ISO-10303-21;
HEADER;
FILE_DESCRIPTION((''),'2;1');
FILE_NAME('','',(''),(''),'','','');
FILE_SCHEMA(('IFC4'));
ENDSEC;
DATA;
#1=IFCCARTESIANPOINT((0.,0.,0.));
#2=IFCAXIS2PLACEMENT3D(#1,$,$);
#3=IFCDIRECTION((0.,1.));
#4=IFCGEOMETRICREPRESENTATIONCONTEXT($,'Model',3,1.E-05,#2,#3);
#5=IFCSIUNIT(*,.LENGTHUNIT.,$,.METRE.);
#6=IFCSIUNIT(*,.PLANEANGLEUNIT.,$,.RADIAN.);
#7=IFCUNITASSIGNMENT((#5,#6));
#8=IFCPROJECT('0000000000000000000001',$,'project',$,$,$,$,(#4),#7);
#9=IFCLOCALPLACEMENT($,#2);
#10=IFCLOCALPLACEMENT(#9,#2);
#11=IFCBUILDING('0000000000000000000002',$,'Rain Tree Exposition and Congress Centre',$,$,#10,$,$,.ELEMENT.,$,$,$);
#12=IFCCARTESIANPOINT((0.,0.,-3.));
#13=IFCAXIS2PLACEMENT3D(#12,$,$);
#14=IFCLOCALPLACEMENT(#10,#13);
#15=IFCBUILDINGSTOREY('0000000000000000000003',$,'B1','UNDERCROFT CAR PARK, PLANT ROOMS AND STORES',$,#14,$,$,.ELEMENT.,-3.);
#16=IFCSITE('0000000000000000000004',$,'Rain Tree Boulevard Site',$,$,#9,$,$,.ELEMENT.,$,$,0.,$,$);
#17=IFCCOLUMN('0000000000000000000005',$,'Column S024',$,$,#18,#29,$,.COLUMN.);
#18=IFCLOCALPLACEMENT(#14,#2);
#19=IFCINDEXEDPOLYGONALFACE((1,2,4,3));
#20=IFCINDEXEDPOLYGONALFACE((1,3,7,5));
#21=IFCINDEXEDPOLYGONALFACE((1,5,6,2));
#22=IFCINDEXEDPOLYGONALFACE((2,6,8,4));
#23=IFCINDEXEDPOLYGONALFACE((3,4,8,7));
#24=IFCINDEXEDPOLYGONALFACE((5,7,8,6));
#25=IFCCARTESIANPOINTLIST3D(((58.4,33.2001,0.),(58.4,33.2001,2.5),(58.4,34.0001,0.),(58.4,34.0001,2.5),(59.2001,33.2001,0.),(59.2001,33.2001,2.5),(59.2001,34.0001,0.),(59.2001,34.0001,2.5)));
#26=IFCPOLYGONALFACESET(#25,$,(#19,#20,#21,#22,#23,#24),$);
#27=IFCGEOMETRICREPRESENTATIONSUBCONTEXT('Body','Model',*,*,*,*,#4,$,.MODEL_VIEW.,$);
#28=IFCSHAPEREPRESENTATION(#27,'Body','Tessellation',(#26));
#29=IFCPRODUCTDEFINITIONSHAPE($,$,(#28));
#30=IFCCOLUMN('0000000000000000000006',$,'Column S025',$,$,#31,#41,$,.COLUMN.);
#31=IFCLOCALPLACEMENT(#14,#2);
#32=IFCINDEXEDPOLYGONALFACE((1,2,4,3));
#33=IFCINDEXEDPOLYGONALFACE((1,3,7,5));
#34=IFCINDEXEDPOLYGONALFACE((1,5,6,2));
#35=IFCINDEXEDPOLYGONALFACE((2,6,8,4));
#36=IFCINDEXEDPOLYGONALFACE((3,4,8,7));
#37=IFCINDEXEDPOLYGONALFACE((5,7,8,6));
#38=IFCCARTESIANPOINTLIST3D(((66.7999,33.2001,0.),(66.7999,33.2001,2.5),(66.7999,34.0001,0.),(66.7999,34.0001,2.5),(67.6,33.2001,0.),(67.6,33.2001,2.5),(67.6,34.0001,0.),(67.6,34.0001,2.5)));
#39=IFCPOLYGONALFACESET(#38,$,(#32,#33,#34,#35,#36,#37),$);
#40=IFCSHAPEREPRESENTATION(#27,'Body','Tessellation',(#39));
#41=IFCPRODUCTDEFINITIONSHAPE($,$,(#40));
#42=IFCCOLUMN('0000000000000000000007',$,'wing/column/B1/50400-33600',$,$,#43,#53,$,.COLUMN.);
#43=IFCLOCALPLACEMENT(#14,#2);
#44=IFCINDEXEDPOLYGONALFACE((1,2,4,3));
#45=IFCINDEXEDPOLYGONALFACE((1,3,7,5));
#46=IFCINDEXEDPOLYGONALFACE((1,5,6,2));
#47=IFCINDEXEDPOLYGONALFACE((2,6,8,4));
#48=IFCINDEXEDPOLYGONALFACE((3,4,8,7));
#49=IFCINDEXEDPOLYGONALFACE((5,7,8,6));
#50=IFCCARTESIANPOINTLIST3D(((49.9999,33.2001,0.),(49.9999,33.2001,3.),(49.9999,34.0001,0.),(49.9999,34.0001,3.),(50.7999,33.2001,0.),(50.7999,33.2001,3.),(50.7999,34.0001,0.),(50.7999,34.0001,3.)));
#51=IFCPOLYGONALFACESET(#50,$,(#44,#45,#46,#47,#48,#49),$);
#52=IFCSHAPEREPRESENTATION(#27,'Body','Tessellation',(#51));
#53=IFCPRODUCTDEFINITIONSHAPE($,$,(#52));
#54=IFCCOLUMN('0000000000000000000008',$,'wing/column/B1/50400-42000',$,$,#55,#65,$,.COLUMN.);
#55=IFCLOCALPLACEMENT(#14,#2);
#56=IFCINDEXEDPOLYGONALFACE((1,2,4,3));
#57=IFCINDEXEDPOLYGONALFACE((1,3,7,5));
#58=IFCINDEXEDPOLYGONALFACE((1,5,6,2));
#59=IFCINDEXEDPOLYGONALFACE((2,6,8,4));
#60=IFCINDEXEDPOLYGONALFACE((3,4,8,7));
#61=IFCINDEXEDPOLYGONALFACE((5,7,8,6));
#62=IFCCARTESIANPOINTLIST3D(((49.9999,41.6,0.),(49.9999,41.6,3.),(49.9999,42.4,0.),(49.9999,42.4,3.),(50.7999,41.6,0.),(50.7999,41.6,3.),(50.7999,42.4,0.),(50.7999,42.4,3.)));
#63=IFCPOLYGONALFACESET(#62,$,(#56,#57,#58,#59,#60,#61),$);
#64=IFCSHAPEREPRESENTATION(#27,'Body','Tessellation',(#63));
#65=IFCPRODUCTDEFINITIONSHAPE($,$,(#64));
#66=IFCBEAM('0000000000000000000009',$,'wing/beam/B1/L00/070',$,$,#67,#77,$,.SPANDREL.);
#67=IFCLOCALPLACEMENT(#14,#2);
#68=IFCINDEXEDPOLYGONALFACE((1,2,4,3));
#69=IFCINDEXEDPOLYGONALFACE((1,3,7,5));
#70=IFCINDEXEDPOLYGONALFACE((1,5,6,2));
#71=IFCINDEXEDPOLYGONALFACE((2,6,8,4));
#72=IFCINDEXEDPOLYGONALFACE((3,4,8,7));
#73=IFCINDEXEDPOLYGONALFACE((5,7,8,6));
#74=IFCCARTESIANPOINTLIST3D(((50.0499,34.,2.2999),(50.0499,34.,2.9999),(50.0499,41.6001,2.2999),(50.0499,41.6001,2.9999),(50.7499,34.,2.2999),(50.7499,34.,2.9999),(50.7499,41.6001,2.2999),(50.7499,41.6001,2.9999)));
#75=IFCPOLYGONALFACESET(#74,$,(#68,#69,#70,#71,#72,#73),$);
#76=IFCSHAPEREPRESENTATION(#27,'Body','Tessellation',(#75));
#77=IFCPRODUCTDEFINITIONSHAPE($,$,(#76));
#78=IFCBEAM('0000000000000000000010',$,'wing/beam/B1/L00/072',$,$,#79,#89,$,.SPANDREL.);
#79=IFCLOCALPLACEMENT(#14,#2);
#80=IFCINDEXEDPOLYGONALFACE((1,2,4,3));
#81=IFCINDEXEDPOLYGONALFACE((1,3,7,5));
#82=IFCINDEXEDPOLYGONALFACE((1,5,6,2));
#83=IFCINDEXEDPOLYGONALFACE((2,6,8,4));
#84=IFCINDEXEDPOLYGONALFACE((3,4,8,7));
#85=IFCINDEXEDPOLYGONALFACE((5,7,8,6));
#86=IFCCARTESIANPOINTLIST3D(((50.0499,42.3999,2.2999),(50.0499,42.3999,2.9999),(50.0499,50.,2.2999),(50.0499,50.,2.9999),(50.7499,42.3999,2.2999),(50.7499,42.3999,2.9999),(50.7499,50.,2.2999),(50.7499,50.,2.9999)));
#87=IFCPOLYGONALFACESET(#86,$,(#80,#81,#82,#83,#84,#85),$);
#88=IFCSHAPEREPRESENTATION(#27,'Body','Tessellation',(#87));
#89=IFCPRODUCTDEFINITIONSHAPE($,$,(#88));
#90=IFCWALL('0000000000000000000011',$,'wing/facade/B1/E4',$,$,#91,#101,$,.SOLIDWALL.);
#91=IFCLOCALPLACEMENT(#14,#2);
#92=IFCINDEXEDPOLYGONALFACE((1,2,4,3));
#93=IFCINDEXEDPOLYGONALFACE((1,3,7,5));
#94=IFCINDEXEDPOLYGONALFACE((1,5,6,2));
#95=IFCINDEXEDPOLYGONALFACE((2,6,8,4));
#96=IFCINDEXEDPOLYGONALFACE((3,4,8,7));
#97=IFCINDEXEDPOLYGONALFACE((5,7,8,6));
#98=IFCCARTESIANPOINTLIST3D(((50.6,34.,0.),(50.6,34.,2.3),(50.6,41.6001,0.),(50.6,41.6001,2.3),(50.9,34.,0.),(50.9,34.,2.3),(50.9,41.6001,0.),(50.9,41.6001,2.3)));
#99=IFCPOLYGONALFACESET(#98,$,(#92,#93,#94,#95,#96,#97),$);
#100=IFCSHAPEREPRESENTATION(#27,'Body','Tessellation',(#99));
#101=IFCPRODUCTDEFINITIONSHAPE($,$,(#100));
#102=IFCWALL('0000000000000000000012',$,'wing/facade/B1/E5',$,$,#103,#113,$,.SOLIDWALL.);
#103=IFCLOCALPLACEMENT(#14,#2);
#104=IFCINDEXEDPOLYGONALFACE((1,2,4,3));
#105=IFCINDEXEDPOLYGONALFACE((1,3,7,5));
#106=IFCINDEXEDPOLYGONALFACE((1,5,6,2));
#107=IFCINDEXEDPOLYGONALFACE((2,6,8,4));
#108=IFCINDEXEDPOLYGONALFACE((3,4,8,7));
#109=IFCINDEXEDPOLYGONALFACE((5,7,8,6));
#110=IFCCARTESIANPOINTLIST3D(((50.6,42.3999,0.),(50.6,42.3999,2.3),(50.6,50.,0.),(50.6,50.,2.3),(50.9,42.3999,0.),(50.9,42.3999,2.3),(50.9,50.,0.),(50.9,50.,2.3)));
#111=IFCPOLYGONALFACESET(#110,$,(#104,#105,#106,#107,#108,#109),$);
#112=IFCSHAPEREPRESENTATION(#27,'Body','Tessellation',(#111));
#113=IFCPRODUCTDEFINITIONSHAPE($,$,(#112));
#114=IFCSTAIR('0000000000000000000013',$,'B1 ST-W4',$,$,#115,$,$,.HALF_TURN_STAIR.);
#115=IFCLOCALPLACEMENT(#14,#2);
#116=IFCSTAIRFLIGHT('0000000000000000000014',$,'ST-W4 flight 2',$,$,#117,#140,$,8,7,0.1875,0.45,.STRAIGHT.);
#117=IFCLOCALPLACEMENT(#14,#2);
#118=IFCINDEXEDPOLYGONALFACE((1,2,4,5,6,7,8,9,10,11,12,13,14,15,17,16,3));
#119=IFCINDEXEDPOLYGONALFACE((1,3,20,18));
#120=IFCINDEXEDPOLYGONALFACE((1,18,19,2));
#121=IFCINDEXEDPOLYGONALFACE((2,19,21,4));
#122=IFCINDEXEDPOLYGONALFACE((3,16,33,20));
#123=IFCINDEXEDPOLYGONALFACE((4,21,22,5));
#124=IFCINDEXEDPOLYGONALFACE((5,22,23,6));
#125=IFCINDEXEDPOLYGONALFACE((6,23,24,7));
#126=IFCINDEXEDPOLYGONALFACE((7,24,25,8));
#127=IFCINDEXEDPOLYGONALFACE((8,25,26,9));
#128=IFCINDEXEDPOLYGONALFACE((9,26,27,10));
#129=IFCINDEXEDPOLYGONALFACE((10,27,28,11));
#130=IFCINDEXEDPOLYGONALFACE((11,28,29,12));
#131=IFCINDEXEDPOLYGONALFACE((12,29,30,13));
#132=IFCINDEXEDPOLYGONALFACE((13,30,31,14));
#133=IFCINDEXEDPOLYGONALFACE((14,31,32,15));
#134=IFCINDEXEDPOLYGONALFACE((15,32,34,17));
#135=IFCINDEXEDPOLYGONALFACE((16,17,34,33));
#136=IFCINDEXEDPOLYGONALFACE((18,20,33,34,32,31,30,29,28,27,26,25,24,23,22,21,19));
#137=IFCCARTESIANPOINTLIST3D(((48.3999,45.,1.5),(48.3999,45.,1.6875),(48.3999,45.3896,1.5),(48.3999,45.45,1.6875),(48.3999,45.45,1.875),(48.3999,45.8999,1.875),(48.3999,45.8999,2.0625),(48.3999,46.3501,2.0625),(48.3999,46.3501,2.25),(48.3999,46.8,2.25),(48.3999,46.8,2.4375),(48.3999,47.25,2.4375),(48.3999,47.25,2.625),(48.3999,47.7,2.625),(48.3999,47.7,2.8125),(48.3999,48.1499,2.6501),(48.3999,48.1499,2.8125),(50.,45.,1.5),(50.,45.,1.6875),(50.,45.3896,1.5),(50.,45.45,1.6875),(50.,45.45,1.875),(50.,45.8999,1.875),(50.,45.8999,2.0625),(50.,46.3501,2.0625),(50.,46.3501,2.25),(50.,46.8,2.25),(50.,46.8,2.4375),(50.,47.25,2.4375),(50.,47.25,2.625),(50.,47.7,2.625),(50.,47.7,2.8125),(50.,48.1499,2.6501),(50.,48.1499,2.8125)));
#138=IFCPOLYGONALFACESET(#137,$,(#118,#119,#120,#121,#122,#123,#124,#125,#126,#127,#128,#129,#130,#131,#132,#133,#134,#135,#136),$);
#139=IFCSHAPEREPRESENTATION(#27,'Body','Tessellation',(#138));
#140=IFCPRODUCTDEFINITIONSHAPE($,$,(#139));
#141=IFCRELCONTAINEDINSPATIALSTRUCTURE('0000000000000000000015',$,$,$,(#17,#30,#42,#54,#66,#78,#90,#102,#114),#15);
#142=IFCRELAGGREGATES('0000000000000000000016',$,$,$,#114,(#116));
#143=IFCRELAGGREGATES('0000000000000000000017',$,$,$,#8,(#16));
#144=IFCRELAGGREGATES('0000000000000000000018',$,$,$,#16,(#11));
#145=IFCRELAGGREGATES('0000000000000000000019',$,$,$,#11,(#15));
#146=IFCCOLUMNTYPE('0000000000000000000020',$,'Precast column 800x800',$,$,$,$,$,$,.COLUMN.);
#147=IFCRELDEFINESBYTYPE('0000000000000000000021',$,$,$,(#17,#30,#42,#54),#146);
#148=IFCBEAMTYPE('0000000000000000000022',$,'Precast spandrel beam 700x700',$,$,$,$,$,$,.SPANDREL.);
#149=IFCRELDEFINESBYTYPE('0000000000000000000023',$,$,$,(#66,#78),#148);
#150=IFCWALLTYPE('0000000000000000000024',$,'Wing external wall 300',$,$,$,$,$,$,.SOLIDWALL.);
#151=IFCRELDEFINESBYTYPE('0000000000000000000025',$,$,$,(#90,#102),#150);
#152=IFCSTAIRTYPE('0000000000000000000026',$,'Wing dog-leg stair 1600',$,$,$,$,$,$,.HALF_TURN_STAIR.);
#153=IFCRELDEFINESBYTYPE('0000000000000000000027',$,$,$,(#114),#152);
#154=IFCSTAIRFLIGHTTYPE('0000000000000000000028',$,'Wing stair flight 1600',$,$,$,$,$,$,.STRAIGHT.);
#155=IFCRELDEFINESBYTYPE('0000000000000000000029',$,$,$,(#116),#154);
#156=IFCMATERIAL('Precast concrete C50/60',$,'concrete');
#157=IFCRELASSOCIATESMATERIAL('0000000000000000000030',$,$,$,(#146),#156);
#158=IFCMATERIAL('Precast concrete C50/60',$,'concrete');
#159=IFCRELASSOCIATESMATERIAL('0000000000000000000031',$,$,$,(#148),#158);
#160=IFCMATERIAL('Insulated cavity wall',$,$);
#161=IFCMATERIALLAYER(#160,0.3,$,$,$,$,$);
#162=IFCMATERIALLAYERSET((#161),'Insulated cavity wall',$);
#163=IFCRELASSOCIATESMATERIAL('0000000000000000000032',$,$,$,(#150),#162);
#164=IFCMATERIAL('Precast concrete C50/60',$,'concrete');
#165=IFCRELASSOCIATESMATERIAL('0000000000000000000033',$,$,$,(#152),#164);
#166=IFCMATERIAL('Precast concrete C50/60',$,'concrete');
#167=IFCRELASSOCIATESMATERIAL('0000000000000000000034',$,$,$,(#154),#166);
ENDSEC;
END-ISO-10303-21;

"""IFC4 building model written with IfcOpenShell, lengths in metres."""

from ifc_helpers import new_model, si_unit, direction, frame, frame_2d, origin, origin_2d, place, context, subcontext, project, spatial, polyline, rectangle, outline, extrude, material, layer, layer_set, material_profile, profile_set, type_object, element, aggregate, save


model = new_model("IFC4")

# Units and contexts
model_context = context("Model", 3, precision=1e-05, world=origin(), true_north=direction((0.0, 1.0)))
body_context = subcontext(model_context, "Body", "Model", "MODEL_VIEW")
ifc_project = project(units=[si_unit("LENGTHUNIT", "METRE"), si_unit("PLANEANGLEUNIT", "RADIAN")], contexts=[model_context])

# Site, building, storey
site_placement = place(None, origin())
site = spatial("IfcSite", under=ifc_project, at=site_placement, Name="Rain Tree Boulevard Site", CompositionType="ELEMENT", RefElevation=0.0)
building_placement = place(site_placement, origin())
building = spatial("IfcBuilding", under=site, at=building_placement, Name="Rain Tree Exposition and Congress Centre", CompositionType="ELEMENT")
storey_placement = place(building_placement, frame((0.0, 0.0, -3.0)))
storey = spatial("IfcBuildingStorey", under=building, at=storey_placement, Name="B1", Description="UNDERCROFT CAR PARK, PLANT ROOMS AND STORES", CompositionType="ELEMENT", Elevation=-3.0)

# Columns
ifc_material_1 = material(Name="Precast concrete C50/60", Category="concrete")
ifc_material_profile_1 = material_profile(ifc_material_1, rectangle(XDim=0.8, YDim=0.8, at=origin_2d()), Name="RC 800x800")
ifc_profile_set_1 = profile_set([ifc_material_profile_1], Name="Precast concrete C50/60")
column_type = type_object("IfcColumnType", Name="Precast column 800x800", PredefinedType="COLUMN", material=ifc_profile_set_1)
for number, where, z_axis, x_axis, name in (
    (1, (58.8, 33.6001, 0.0), (0.0, 0.0, 1.0), (1.0, 0.0, 0.0), "Column S024"),
    (2, (67.2, 33.6001, 0.0), (0.0, 0.0, 1.0), (1.0, 0.0, 0.0), "Column S025"),
):
    element("IfcColumn", number, at=place(storey_placement, frame(where, z_axis=z_axis, x_axis=x_axis)), inside=storey, type_object=column_type, Name=name, PredefinedType="COLUMN", context=body_context, shape_type="SweptSolid", body=[
        extrude(rectangle(XDim=0.8, YDim=0.8, at=origin_2d()), origin(), (0.0, 0.0, 1.0), 2.5),
    ])
for number, where, z_axis, x_axis, name in (
    (3, (50.3999, 33.6001, 0.0), (0.0, 0.0, 1.0), (1.0, 0.0, 0.0), "wing/column/B1/50400-33600"),
    (4, (50.3999, 42.0, 0.0), (0.0, 0.0, 1.0), (1.0, 0.0, 0.0), "wing/column/B1/50400-42000"),
):
    element("IfcColumn", number, at=place(storey_placement, frame(where, z_axis=z_axis, x_axis=x_axis)), inside=storey, type_object=column_type, Name=name, PredefinedType="COLUMN", context=body_context, shape_type="SweptSolid", body=[
        extrude(rectangle(XDim=0.8, YDim=0.8, at=origin_2d()), origin(), (0.0, 0.0, 1.0), 3.0),
    ])

# Beams
ifc_material_2 = material(Name="Precast concrete C50/60", Category="concrete")
ifc_material_profile_2 = material_profile(ifc_material_2, rectangle(XDim=0.7, YDim=0.7, at=origin_2d()), Name="RC 700x700")
ifc_profile_set_2 = profile_set([ifc_material_profile_2], Name="Precast concrete C50/60")
beam_type = type_object("IfcBeamType", Name="Precast spandrel beam 700x700", PredefinedType="SPANDREL", material=ifc_profile_set_2)
for number, where, z_axis, x_axis, name in (
    (5, (50.3999, 34.0, 2.6499), (0.0, 1.0, 0.0), (-1.0, 0.0, 0.0), "wing/beam/B1/L00/070"),
    (6, (50.3999, 42.3999, 2.6499), (0.0, 1.0, 0.0), (-1.0, 0.0, 0.0), "wing/beam/B1/L00/072"),
):
    element("IfcBeam", number, at=place(storey_placement, frame(where, z_axis=z_axis, x_axis=x_axis)), inside=storey, type_object=beam_type, Name=name, PredefinedType="SPANDREL", context=body_context, shape_type="SweptSolid", body=[
        extrude(rectangle(XDim=0.7, YDim=0.7, at=origin_2d()), origin(), (0.0, 0.0, 1.0), 7.6001),
    ])

# Walls
ifc_material_3 = material(Name="Insulated cavity wall")
ifc_layer = layer(ifc_material_3, 0.3)
ifc_layer_set = layer_set([ifc_layer], Name="Insulated cavity wall")
wall_type = type_object("IfcWallType", Name="Wing external wall 300", PredefinedType="SOLIDWALL", material=ifc_layer_set)
for number, where, z_axis, x_axis, name in (
    (7, (50.75, 34.0, 0.0), (0.0, 0.0, 1.0), (0.0, 1.0, 0.0), "wing/facade/B1/E4"),
    (8, (50.75, 42.3999, 0.0), (0.0, 0.0, 1.0), (0.0, 1.0, 0.0), "wing/facade/B1/E5"),
):
    element("IfcWall", number, at=place(storey_placement, frame(where, z_axis=z_axis, x_axis=x_axis)), inside=storey, type_object=wall_type, Name=name, PredefinedType="SOLIDWALL", context=body_context, shape_type="SweptSolid", body=[
        extrude(rectangle(XDim=7.6001, YDim=0.3, at=frame_2d((3.8, 0.0))), origin(), (0.0, 0.0, 1.0), 2.3),
    ])

# Stair, stair flight
ifc_material_4 = material(Name="Precast concrete C50/60", Category="concrete")
stair_type = type_object("IfcStairType", Name="Wing dog-leg stair 1600", PredefinedType="HALF_TURN_STAIR", material=ifc_material_4)
stair_placement = place(storey_placement, origin())
stair = element("IfcStair", 9, at=stair_placement, inside=storey, type_object=stair_type, Name="B1 ST-W4", PredefinedType="HALF_TURN_STAIR")
ifc_material_5 = material(Name="Precast concrete C50/60", Category="concrete")
stair_flight_type = type_object("IfcStairFlightType", Name="Wing stair flight 1600", PredefinedType="STRAIGHT", material=ifc_material_5)
stair_flight_placement = place(storey_placement, frame((49.2, 45.0, 1.5), z_axis=(0.0, 0.0, 1.0), x_axis=(0.0, 1.0, 0.0)))
stair_flight = element("IfcStairFlight", 10, at=stair_flight_placement, type_object=stair_flight_type, Name="ST-W4 flight 2", NumberOfRisers=8, NumberOfTreads=7, PredefinedType="STRAIGHT", RiserHeight=0.1875, TreadLength=0.45, context=body_context, shape_type="SweptSolid", body=[
    extrude(outline(polyline([(0.0, 0.0), (0.0, 0.1875), (0.45, 0.1875), (0.45, 0.375), (0.8999, 0.375), (0.8999, 0.5625), (1.3501, 0.5625), (1.3501, 0.75), (1.8, 0.75), (1.8, 0.9375), (2.25, 0.9375), (2.25, 1.125), (2.7, 1.125), (2.7, 1.3125), (3.1499, 1.3125), (3.1499, 1.5), (3.1499, 1.1501), (0.3896, 0.0), (0.0, 0.0)])), frame((0.0, 0.8, 0.0), z_axis=(0.0, -1.0, 0.0), x_axis=(1.0, 0.0, 0.0)), (0.0, 0.0, 1.0), 1.6001),
])
aggregate(stair, [stair_flight])

save(model, "model.ifc")
